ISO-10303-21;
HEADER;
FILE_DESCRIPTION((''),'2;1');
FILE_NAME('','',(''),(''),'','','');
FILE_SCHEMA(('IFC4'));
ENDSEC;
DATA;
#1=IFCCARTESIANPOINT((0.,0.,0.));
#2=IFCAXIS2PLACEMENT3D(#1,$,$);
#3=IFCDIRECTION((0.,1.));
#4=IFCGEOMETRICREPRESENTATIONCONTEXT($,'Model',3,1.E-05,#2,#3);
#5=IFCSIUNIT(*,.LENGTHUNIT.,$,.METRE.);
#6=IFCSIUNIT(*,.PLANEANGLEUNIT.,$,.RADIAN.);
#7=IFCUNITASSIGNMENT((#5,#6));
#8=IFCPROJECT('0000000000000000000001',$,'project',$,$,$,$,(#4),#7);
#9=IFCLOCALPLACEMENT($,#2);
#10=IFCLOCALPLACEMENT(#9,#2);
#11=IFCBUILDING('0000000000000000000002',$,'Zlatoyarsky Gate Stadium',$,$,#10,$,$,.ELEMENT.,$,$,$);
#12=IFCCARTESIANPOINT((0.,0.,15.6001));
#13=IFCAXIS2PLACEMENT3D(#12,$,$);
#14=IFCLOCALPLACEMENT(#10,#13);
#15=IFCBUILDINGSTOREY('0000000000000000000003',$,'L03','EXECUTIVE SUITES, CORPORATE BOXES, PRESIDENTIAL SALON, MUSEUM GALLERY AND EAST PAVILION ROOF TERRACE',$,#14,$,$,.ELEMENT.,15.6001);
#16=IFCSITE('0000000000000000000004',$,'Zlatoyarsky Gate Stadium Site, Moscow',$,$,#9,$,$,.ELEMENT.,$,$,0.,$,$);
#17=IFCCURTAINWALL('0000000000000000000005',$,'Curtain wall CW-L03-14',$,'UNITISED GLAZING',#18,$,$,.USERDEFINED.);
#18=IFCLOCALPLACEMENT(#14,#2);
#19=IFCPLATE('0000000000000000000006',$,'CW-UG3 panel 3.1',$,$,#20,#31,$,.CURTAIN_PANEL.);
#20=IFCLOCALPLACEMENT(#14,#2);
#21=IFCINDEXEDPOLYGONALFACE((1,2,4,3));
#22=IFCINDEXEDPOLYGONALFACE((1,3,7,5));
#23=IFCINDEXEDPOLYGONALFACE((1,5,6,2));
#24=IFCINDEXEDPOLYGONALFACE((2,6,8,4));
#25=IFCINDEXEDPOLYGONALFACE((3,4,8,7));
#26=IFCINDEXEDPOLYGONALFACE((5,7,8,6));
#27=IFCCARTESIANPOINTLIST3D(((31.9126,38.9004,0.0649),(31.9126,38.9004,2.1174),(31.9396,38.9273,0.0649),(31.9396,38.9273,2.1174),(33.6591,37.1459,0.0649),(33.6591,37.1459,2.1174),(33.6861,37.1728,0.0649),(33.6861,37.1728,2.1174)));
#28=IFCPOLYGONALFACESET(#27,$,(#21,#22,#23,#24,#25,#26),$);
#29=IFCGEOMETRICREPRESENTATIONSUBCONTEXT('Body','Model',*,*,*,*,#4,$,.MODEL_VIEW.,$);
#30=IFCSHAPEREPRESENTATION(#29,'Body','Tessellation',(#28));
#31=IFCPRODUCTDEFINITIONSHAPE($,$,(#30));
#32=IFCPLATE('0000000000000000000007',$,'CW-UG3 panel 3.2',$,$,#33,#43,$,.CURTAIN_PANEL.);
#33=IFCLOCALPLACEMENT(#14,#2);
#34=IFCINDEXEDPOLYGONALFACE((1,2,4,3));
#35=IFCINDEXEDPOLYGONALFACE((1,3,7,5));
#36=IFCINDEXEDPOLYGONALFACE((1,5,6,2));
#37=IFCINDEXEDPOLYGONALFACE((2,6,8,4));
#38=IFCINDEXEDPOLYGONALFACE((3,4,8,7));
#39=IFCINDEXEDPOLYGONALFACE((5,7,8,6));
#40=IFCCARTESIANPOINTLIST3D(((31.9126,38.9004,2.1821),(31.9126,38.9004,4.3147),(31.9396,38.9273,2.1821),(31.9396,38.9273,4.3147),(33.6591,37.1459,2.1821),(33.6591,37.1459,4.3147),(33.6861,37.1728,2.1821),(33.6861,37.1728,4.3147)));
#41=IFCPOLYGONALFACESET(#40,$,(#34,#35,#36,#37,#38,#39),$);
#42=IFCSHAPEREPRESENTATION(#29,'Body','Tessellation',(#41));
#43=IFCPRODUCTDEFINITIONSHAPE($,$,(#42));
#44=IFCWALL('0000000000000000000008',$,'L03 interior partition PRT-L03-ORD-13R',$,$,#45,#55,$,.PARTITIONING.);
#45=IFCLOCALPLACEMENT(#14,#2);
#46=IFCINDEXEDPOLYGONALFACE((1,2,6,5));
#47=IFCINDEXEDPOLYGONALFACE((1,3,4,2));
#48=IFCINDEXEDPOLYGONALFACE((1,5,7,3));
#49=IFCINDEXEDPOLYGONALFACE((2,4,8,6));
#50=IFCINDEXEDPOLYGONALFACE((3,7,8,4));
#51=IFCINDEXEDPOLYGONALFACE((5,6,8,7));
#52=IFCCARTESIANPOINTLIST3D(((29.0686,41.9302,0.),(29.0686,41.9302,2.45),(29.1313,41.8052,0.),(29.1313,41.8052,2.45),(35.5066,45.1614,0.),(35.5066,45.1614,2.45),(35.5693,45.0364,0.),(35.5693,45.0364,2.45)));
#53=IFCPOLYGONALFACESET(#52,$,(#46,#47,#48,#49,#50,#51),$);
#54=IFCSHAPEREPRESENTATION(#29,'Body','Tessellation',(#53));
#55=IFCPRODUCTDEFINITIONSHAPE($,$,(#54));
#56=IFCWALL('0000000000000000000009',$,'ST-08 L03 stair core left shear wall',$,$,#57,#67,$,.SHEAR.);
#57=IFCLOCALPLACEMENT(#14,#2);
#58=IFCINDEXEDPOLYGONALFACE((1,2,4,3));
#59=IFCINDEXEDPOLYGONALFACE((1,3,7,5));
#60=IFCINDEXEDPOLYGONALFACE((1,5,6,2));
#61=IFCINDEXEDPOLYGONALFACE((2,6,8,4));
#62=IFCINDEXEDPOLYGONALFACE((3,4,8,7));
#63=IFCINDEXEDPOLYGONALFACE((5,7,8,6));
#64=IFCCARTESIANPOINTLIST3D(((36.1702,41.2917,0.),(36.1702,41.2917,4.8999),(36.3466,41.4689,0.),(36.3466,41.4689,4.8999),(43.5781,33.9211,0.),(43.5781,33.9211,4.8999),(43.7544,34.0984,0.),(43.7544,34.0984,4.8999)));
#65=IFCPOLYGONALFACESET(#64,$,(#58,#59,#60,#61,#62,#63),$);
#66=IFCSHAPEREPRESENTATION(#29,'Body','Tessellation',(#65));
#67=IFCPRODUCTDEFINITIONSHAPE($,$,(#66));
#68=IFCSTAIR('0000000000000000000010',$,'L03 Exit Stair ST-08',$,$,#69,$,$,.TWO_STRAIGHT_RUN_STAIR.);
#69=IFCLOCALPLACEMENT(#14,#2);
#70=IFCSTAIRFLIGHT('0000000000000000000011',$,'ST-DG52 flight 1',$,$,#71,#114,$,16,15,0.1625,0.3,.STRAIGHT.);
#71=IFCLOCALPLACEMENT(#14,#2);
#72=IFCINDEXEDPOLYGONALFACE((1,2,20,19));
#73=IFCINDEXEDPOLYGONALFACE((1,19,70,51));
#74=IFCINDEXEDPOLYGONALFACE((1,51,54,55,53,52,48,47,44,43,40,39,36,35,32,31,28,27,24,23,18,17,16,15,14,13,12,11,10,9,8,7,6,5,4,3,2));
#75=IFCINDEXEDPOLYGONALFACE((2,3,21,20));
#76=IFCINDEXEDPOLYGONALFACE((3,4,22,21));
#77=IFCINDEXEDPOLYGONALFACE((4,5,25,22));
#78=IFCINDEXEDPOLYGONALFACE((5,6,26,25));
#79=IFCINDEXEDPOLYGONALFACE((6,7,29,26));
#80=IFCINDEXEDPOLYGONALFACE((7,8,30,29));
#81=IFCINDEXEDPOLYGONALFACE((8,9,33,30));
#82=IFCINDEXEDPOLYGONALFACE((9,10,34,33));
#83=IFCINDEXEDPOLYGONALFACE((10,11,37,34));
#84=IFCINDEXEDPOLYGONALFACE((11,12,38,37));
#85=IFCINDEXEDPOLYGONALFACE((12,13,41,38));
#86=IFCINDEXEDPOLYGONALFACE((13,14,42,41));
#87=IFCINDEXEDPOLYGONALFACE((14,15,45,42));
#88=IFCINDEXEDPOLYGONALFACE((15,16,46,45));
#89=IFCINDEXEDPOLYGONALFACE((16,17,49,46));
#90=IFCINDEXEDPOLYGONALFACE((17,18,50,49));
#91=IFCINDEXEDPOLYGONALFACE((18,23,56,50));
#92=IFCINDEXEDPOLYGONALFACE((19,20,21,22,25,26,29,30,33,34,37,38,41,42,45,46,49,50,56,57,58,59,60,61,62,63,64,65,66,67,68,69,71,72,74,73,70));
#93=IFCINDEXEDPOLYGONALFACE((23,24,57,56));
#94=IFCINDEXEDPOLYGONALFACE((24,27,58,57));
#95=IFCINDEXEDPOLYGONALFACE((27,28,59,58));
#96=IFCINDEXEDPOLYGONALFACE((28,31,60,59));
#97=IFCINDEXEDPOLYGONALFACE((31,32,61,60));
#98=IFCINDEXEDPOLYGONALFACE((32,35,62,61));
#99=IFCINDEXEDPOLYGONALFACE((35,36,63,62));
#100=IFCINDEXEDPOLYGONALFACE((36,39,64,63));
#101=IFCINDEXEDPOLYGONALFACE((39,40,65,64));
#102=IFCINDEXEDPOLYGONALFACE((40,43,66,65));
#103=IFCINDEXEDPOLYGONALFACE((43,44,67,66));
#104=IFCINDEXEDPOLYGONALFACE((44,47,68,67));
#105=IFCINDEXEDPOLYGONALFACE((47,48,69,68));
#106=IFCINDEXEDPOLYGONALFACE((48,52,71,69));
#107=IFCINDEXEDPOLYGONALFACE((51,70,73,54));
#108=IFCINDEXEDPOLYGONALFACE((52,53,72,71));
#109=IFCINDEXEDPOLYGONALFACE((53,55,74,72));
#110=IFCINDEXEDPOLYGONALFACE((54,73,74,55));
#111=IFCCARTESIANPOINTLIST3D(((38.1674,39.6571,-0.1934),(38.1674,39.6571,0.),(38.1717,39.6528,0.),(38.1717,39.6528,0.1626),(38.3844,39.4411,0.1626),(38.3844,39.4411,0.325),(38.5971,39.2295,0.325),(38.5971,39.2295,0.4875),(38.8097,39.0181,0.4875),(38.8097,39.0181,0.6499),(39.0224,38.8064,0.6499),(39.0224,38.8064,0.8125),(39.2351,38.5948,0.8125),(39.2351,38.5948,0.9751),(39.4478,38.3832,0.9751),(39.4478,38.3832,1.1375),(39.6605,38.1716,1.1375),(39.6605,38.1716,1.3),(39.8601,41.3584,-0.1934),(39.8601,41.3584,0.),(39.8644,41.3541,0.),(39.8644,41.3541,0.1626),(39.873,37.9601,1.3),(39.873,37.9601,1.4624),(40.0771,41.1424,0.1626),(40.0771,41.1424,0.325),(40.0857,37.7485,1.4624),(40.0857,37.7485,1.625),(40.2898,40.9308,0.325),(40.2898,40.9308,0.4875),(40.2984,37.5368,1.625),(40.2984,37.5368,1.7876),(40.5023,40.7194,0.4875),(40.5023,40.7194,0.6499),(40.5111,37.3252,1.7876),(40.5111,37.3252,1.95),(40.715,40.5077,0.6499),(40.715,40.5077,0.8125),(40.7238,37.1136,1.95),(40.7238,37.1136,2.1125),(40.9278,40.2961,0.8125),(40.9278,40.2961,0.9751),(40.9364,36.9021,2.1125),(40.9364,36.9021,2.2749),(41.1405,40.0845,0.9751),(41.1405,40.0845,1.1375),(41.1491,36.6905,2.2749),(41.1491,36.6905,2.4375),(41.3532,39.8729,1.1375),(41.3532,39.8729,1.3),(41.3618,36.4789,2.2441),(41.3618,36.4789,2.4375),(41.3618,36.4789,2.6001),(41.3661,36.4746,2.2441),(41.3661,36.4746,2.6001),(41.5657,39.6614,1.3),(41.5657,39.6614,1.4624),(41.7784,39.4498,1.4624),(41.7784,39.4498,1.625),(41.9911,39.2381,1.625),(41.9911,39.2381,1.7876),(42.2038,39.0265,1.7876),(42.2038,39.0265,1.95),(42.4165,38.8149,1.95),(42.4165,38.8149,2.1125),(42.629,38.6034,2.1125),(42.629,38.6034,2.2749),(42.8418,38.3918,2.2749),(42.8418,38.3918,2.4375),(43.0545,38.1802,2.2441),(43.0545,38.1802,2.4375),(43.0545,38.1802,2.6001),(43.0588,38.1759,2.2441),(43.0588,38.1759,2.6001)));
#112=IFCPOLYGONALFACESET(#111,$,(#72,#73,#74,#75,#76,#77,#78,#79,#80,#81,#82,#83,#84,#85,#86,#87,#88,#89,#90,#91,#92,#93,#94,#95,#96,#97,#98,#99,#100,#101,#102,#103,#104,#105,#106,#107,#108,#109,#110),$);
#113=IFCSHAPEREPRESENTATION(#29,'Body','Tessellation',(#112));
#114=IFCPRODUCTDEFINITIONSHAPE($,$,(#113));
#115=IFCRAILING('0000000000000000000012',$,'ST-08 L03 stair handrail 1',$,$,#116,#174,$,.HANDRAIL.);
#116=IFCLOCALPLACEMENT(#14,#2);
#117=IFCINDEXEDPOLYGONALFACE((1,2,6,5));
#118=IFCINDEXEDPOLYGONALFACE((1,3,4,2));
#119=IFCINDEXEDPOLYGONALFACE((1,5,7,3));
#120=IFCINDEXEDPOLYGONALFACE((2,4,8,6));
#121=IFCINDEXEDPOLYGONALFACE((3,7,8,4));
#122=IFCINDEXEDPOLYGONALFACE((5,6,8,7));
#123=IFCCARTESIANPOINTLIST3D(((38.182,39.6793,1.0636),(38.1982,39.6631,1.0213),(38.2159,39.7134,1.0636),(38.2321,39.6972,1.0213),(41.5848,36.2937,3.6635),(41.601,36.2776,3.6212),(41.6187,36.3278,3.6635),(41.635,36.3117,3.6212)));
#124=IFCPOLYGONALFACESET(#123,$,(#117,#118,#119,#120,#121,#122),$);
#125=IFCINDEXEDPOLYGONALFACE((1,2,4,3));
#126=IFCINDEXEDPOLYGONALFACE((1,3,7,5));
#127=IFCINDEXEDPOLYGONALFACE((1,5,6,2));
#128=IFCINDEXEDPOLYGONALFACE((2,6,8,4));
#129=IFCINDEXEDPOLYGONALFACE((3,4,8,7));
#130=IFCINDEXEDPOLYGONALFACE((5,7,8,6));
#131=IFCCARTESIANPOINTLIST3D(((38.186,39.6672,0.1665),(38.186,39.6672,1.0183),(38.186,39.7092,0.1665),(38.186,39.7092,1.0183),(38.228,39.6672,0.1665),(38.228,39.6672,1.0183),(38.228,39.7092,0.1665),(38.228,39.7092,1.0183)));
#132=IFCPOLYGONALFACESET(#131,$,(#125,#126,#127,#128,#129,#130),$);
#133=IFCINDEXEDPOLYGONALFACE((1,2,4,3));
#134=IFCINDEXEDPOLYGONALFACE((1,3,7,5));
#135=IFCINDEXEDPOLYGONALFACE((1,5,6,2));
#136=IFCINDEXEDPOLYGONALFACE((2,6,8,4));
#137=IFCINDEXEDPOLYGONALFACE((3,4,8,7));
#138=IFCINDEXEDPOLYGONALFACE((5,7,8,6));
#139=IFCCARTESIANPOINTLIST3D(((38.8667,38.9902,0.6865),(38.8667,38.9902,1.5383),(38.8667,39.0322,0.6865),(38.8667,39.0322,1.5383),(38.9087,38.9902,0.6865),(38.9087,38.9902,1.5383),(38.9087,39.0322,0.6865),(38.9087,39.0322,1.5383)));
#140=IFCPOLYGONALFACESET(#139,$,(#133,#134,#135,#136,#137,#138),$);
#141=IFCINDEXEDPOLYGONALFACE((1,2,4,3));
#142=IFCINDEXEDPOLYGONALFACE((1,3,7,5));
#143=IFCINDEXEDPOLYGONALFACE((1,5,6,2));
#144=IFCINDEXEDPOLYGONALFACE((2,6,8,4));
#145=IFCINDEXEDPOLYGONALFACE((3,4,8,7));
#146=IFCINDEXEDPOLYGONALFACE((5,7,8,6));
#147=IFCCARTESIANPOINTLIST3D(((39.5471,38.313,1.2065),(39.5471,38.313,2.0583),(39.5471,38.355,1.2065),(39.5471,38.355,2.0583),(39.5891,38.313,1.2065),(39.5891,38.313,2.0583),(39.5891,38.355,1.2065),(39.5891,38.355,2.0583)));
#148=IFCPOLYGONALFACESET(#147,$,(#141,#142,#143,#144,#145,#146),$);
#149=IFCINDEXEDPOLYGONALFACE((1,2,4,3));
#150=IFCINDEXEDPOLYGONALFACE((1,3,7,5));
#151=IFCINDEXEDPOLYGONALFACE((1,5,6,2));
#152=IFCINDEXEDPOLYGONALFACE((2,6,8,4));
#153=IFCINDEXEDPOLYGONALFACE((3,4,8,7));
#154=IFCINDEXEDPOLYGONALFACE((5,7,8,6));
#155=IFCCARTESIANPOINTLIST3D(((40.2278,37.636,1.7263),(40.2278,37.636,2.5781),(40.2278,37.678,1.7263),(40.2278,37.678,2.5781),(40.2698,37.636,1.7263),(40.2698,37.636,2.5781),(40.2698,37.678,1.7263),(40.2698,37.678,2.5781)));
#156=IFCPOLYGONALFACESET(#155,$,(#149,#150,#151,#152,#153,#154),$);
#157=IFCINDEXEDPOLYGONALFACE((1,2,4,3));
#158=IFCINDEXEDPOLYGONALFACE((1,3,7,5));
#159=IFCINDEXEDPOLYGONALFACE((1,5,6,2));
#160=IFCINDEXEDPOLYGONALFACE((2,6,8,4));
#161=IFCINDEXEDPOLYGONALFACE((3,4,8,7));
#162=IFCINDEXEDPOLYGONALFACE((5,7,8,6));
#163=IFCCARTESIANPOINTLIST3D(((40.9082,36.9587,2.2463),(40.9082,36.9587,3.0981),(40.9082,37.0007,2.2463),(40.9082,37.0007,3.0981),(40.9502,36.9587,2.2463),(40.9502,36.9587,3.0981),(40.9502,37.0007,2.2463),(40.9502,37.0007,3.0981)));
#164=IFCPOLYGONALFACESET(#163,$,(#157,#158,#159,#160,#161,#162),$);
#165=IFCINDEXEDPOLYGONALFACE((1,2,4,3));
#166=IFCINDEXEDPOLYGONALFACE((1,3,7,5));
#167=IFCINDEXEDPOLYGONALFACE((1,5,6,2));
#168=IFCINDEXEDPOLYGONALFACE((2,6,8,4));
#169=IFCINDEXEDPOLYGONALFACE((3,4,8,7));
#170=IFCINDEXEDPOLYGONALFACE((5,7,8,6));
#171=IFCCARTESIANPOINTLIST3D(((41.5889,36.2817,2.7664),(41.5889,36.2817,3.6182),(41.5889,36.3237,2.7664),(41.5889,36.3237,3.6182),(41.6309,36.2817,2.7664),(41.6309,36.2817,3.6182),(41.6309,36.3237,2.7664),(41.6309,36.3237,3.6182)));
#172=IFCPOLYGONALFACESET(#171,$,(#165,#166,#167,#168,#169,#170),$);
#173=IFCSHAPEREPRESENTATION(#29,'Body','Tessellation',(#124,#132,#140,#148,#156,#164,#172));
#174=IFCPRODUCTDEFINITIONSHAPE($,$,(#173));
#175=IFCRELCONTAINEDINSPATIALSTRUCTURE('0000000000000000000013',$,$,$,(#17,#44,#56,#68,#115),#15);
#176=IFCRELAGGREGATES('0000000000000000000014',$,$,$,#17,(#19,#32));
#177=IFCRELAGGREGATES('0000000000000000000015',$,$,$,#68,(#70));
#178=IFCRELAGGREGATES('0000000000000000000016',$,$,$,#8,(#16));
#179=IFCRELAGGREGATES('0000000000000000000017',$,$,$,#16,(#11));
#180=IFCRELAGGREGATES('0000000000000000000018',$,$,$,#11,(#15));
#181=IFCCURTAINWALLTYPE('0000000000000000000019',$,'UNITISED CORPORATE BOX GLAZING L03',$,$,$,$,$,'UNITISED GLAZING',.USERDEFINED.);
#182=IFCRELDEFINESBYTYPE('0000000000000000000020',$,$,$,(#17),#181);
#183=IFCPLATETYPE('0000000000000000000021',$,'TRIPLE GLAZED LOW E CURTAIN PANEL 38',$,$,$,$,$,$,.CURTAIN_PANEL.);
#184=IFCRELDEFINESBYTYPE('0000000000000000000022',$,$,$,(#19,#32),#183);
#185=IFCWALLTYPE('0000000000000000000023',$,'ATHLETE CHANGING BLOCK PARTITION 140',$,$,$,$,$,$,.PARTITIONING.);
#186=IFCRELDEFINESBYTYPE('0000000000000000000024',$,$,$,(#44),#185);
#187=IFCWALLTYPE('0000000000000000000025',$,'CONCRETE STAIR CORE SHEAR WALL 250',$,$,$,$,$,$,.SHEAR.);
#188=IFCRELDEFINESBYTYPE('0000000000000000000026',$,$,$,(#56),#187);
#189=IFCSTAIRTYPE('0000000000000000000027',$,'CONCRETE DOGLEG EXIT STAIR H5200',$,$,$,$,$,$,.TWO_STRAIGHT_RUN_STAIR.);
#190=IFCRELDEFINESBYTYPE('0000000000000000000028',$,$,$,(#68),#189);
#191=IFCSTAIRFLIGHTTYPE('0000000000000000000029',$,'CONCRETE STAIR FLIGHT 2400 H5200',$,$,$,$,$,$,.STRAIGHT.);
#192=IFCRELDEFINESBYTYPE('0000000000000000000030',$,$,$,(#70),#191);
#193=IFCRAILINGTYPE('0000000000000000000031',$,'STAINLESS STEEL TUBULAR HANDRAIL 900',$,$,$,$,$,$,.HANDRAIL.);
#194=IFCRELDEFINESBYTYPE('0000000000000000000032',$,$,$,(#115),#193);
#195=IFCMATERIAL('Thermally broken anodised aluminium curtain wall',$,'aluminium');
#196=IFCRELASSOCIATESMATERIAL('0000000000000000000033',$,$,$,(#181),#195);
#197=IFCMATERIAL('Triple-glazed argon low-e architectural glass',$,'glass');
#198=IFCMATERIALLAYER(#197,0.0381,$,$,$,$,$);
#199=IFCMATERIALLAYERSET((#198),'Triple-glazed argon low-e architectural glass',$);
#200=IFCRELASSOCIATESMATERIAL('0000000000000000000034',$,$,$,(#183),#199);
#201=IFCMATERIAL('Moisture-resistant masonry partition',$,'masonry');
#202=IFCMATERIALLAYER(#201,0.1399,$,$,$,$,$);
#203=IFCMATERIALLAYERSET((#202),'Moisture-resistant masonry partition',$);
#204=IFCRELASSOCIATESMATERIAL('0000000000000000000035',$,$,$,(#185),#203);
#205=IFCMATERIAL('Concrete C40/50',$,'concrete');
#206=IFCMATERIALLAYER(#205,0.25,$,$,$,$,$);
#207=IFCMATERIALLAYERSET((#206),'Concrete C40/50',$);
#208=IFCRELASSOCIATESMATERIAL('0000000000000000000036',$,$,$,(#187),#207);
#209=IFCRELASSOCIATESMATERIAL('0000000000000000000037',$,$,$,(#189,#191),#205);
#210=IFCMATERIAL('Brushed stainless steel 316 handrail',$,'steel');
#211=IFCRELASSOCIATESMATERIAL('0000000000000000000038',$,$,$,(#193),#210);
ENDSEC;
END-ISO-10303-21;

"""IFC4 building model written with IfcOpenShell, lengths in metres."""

from ifc_helpers import new_model, si_unit, direction, frame, frame_2d, origin, origin_2d, place, context, subcontext, project, spatial, polyline, rectangle, outline, extrude, material, layer, layer_set, type_object, element, aggregate, save


model = new_model("IFC4")

# Units and contexts
model_context = context("Model", 3, precision=1e-05, world=origin(), true_north=direction((0.0, 1.0)))
body_context = subcontext(model_context, "Body", "Model", "MODEL_VIEW")
ifc_project = project(units=[si_unit("LENGTHUNIT", "METRE"), si_unit("PLANEANGLEUNIT", "RADIAN")], contexts=[model_context])

# Site, building, storey
site_placement = place(None, origin())
site = spatial("IfcSite", under=ifc_project, at=site_placement, Name="Zlatoyarsky Gate Stadium Site, Moscow", CompositionType="ELEMENT", RefElevation=0.0)
building_placement = place(site_placement, origin())
building = spatial("IfcBuilding", under=site, at=building_placement, Name="Zlatoyarsky Gate Stadium", CompositionType="ELEMENT")
storey_placement = place(building_placement, frame((0.0, 0.0, 15.6001)))
storey = spatial("IfcBuildingStorey", under=building, at=storey_placement, Name="L03", Description="EXECUTIVE SUITES, CORPORATE BOXES, PRESIDENTIAL SALON, MUSEUM GALLERY AND EAST PAVILION ROOF TERRACE", CompositionType="ELEMENT", Elevation=15.6001)

# Curtain wall
ifc_material_1 = material(Name="Thermally broken anodised aluminium curtain wall", Category="aluminium")
curtain_wall_type = type_object("IfcCurtainWallType", Name="UNITISED CORPORATE BOX GLAZING L03", ElementType="UNITISED GLAZING", PredefinedType="USERDEFINED", material=ifc_material_1)
curtain_wall_placement = place(storey_placement, origin())
curtain_wall = element("IfcCurtainWall", 1, at=curtain_wall_placement, inside=storey, type_object=curtain_wall_type, Name="Curtain wall CW-L03-14", ObjectType="UNITISED GLAZING", PredefinedType="USERDEFINED")

# Plates
ifc_material_2 = material(Name="Triple-glazed argon low-e architectural glass", Category="glass")
ifc_layer_1 = layer(ifc_material_2, 0.0381)
ifc_layer_set_1 = layer_set([ifc_layer_1], Name="Triple-glazed argon low-e architectural glass")
plate_type_1 = type_object("IfcPlateType", Name="TRIPLE GLAZED LOW E CURTAIN PANEL 38", PredefinedType="CURTAIN_PANEL", material=ifc_layer_set_1)
plate_1_placement = place(storey_placement, frame((32.7993, 38.0366, 0.0649), z_axis=(0.0, 0.0, 1.0), x_axis=(0.705489, -0.708721, 0.0)))
plate_1 = element("IfcPlate", 2, at=plate_1_placement, type_object=plate_type_1, Name="CW-UG3 panel 3.1", PredefinedType="CURTAIN_PANEL", context=body_context, shape_type="SweptSolid", body=[
    extrude(rectangle(XDim=2.4756, YDim=0.0381, at=origin_2d()), origin(), (0.0, 0.0, 1.0), 2.0525),
])
plate_2_placement = place(storey_placement, frame((32.7993, 38.0366, 2.1821), z_axis=(0.0, 0.0, 1.0), x_axis=(0.705489, -0.708721, 0.0)))
plate_2 = element("IfcPlate", 3, at=plate_2_placement, type_object=plate_type_1, Name="CW-UG3 panel 3.2", PredefinedType="CURTAIN_PANEL", context=body_context, shape_type="SweptSolid", body=[
    extrude(rectangle(XDim=2.4756, YDim=0.0381, at=origin_2d()), origin(), (0.0, 0.0, 1.0), 2.1326),
])
aggregate(curtain_wall, [plate_1, plate_2])

# Walls
ifc_material_3 = material(Name="Moisture-resistant masonry partition", Category="masonry")
ifc_layer_2 = layer(ifc_material_3, 0.1399)
ifc_layer_set_2 = layer_set([ifc_layer_2], Name="Moisture-resistant masonry partition")
wall_type_1 = type_object("IfcWallType", Name="ATHLETE CHANGING BLOCK PARTITION 140", PredefinedType="PARTITIONING", material=ifc_layer_set_2)
wall_1_placement = place(storey_placement, frame((35.5378, 45.0989, 0.0), z_axis=(0.0, 0.0, 1.0), x_axis=(-0.893748, -0.448569, 0.0)))
element("IfcWall", 4, at=wall_1_placement, inside=storey, type_object=wall_type_1, Name="L03 interior partition PRT-L03-ORD-13R", PredefinedType="PARTITIONING", context=body_context, shape_type="SweptSolid", body=[
    extrude(rectangle(XDim=7.2034, YDim=0.1399, at=frame_2d((3.6016, 0.0))), origin(), (0.0, 0.0, 1.0), 2.45),
])
ifc_material_4 = material(Name="Concrete C40/50", Category="concrete")
ifc_layer_3 = layer(ifc_material_4, 0.25)
ifc_layer_set_3 = layer_set([ifc_layer_3], Name="Concrete C40/50")
wall_type_2 = type_object("IfcWallType", Name="CONCRETE STAIR CORE SHEAR WALL 250", PredefinedType="SHEAR", material=ifc_layer_set_3)
wall_2_placement = place(storey_placement, frame((36.2583, 41.3804, 0.0), z_axis=(0.0, 0.0, 1.0), x_axis=(0.708892, -0.705317, 0.0)))
element("IfcWall", 5, at=wall_2_placement, inside=storey, type_object=wall_type_2, Name="ST-08 L03 stair core left shear wall", PredefinedType="SHEAR", context=body_context, shape_type="SweptSolid", body=[
    extrude(rectangle(XDim=10.45, YDim=0.25, at=frame_2d((5.2251, 0.0))), origin(), (0.0, 0.0, 1.0), 4.8999),
])

# Stair, stair flight
stair_type = type_object("IfcStairType", Name="CONCRETE DOGLEG EXIT STAIR H5200", PredefinedType="TWO_STRAIGHT_RUN_STAIR", material=ifc_material_4)
stair_placement = place(storey_placement, origin())
stair = element("IfcStair", 6, at=stair_placement, inside=storey, type_object=stair_type, Name="L03 Exit Stair ST-08", PredefinedType="TWO_STRAIGHT_RUN_STAIR")
stair_flight_type = type_object("IfcStairFlightType", Name="CONCRETE STAIR FLIGHT 2400 H5200", PredefinedType="STRAIGHT", material=ifc_material_4)
stair_flight_placement = place(storey_placement, frame((39.0181, 40.5034, 0.0), z_axis=(0.0, 0.0, 1.0), x_axis=(0.708901, -0.705308, 0.0)))
stair_flight = element("IfcStairFlight", 7, at=stair_flight_placement, type_object=stair_flight_type, Name="ST-DG52 flight 1", NumberOfRisers=16, NumberOfTreads=15, PredefinedType="STRAIGHT", RiserHeight=0.1625, TreadLength=0.3, context=body_context, shape_type="SweptSolid", body=[
    extrude(outline(polyline([(-0.0061, -0.1934), (-0.0061, 0.0), (0.0, 0.0), (0.0, 0.1626), (0.3, 0.1626), (0.3, 0.325), (0.6001, 0.325), (0.6001, 0.4875), (0.8999, 0.4875), (0.8999, 0.6499), (1.2, 0.6499), (1.2, 0.8125), (1.5, 0.8125), (1.5, 0.9751), (1.8, 0.9751), (1.8, 1.1375), (2.1001, 1.1375), (2.1001, 1.3), (2.3999, 1.3), (2.3999, 1.4624), (2.7, 1.4624), (2.7, 1.625), (3.0, 1.625), (3.0, 1.7876), (3.3, 1.7876), (3.3, 1.95), (3.6001, 1.95), (3.6001, 2.1125), (3.8999, 2.1125), (3.8999, 2.2749), (4.2, 2.2749), (4.2, 2.4375), (4.5, 2.4375), (4.5, 2.6001), (4.5061, 2.6001), (4.5061, 2.2441), (4.5, 2.2441), (-0.0061, -0.1934)])), frame((0.0, 1.2, 0.0), z_axis=(0.0, -1.0, 0.0), x_axis=(1.0, 0.0, 0.0)), (0.0, 0.0, 1.0), 2.3999),
])
aggregate(stair, [stair_flight])

# Railing
ifc_material_5 = material(Name="Brushed stainless steel 316 handrail", Category="steel")
railing_type_1 = type_object("IfcRailingType", Name="STAINLESS STEEL TUBULAR HANDRAIL 900", PredefinedType="HANDRAIL", material=ifc_material_5)
railing_1_placement = place(storey_placement, frame((38.207, 39.6882, 0.1665)))
element("IfcRailing", 8, at=railing_1_placement, inside=storey, type_object=railing_type_1, Name="ST-08 L03 stair handrail 1", PredefinedType="HANDRAIL", context=body_context, shape_type="SweptSolid", body=[
    extrude(rectangle(XDim=0.0481, YDim=0.0481, at=origin_2d()), frame((0.0, 0.0, 0.876), z_axis=(0.62335, -0.620174, 0.476256), x_axis=(0.705299, 0.70891, 0.0)), (0.0, 0.0, 1.0), 5.459),
    extrude(rectangle(XDim=0.042, YDim=0.042, at=origin_2d()), origin(), (0.0, 0.0, 1.0), 0.8518),
    extrude(rectangle(XDim=0.042, YDim=0.042, at=origin_2d()), frame((0.6807, -0.677, 0.52)), (0.0, 0.0, 1.0), 0.8518),
    extrude(rectangle(XDim=0.042, YDim=0.042, at=origin_2d()), frame((1.3611, -1.3542, 1.04)), (0.0, 0.0, 1.0), 0.8518),
    extrude(rectangle(XDim=0.042, YDim=0.042, at=origin_2d()), frame((2.0417, -2.0312, 1.5598)), (0.0, 0.0, 1.0), 0.8518),
    extrude(rectangle(XDim=0.042, YDim=0.042, at=origin_2d()), frame((2.7222, -2.7085, 2.0798)), (0.0, 0.0, 1.0), 0.8518),
    extrude(rectangle(XDim=0.042, YDim=0.042, at=origin_2d()), frame((3.4028, -3.3855, 2.5999)), (0.0, 0.0, 1.0), 0.8518),
])

save(model, "model.ifc")
